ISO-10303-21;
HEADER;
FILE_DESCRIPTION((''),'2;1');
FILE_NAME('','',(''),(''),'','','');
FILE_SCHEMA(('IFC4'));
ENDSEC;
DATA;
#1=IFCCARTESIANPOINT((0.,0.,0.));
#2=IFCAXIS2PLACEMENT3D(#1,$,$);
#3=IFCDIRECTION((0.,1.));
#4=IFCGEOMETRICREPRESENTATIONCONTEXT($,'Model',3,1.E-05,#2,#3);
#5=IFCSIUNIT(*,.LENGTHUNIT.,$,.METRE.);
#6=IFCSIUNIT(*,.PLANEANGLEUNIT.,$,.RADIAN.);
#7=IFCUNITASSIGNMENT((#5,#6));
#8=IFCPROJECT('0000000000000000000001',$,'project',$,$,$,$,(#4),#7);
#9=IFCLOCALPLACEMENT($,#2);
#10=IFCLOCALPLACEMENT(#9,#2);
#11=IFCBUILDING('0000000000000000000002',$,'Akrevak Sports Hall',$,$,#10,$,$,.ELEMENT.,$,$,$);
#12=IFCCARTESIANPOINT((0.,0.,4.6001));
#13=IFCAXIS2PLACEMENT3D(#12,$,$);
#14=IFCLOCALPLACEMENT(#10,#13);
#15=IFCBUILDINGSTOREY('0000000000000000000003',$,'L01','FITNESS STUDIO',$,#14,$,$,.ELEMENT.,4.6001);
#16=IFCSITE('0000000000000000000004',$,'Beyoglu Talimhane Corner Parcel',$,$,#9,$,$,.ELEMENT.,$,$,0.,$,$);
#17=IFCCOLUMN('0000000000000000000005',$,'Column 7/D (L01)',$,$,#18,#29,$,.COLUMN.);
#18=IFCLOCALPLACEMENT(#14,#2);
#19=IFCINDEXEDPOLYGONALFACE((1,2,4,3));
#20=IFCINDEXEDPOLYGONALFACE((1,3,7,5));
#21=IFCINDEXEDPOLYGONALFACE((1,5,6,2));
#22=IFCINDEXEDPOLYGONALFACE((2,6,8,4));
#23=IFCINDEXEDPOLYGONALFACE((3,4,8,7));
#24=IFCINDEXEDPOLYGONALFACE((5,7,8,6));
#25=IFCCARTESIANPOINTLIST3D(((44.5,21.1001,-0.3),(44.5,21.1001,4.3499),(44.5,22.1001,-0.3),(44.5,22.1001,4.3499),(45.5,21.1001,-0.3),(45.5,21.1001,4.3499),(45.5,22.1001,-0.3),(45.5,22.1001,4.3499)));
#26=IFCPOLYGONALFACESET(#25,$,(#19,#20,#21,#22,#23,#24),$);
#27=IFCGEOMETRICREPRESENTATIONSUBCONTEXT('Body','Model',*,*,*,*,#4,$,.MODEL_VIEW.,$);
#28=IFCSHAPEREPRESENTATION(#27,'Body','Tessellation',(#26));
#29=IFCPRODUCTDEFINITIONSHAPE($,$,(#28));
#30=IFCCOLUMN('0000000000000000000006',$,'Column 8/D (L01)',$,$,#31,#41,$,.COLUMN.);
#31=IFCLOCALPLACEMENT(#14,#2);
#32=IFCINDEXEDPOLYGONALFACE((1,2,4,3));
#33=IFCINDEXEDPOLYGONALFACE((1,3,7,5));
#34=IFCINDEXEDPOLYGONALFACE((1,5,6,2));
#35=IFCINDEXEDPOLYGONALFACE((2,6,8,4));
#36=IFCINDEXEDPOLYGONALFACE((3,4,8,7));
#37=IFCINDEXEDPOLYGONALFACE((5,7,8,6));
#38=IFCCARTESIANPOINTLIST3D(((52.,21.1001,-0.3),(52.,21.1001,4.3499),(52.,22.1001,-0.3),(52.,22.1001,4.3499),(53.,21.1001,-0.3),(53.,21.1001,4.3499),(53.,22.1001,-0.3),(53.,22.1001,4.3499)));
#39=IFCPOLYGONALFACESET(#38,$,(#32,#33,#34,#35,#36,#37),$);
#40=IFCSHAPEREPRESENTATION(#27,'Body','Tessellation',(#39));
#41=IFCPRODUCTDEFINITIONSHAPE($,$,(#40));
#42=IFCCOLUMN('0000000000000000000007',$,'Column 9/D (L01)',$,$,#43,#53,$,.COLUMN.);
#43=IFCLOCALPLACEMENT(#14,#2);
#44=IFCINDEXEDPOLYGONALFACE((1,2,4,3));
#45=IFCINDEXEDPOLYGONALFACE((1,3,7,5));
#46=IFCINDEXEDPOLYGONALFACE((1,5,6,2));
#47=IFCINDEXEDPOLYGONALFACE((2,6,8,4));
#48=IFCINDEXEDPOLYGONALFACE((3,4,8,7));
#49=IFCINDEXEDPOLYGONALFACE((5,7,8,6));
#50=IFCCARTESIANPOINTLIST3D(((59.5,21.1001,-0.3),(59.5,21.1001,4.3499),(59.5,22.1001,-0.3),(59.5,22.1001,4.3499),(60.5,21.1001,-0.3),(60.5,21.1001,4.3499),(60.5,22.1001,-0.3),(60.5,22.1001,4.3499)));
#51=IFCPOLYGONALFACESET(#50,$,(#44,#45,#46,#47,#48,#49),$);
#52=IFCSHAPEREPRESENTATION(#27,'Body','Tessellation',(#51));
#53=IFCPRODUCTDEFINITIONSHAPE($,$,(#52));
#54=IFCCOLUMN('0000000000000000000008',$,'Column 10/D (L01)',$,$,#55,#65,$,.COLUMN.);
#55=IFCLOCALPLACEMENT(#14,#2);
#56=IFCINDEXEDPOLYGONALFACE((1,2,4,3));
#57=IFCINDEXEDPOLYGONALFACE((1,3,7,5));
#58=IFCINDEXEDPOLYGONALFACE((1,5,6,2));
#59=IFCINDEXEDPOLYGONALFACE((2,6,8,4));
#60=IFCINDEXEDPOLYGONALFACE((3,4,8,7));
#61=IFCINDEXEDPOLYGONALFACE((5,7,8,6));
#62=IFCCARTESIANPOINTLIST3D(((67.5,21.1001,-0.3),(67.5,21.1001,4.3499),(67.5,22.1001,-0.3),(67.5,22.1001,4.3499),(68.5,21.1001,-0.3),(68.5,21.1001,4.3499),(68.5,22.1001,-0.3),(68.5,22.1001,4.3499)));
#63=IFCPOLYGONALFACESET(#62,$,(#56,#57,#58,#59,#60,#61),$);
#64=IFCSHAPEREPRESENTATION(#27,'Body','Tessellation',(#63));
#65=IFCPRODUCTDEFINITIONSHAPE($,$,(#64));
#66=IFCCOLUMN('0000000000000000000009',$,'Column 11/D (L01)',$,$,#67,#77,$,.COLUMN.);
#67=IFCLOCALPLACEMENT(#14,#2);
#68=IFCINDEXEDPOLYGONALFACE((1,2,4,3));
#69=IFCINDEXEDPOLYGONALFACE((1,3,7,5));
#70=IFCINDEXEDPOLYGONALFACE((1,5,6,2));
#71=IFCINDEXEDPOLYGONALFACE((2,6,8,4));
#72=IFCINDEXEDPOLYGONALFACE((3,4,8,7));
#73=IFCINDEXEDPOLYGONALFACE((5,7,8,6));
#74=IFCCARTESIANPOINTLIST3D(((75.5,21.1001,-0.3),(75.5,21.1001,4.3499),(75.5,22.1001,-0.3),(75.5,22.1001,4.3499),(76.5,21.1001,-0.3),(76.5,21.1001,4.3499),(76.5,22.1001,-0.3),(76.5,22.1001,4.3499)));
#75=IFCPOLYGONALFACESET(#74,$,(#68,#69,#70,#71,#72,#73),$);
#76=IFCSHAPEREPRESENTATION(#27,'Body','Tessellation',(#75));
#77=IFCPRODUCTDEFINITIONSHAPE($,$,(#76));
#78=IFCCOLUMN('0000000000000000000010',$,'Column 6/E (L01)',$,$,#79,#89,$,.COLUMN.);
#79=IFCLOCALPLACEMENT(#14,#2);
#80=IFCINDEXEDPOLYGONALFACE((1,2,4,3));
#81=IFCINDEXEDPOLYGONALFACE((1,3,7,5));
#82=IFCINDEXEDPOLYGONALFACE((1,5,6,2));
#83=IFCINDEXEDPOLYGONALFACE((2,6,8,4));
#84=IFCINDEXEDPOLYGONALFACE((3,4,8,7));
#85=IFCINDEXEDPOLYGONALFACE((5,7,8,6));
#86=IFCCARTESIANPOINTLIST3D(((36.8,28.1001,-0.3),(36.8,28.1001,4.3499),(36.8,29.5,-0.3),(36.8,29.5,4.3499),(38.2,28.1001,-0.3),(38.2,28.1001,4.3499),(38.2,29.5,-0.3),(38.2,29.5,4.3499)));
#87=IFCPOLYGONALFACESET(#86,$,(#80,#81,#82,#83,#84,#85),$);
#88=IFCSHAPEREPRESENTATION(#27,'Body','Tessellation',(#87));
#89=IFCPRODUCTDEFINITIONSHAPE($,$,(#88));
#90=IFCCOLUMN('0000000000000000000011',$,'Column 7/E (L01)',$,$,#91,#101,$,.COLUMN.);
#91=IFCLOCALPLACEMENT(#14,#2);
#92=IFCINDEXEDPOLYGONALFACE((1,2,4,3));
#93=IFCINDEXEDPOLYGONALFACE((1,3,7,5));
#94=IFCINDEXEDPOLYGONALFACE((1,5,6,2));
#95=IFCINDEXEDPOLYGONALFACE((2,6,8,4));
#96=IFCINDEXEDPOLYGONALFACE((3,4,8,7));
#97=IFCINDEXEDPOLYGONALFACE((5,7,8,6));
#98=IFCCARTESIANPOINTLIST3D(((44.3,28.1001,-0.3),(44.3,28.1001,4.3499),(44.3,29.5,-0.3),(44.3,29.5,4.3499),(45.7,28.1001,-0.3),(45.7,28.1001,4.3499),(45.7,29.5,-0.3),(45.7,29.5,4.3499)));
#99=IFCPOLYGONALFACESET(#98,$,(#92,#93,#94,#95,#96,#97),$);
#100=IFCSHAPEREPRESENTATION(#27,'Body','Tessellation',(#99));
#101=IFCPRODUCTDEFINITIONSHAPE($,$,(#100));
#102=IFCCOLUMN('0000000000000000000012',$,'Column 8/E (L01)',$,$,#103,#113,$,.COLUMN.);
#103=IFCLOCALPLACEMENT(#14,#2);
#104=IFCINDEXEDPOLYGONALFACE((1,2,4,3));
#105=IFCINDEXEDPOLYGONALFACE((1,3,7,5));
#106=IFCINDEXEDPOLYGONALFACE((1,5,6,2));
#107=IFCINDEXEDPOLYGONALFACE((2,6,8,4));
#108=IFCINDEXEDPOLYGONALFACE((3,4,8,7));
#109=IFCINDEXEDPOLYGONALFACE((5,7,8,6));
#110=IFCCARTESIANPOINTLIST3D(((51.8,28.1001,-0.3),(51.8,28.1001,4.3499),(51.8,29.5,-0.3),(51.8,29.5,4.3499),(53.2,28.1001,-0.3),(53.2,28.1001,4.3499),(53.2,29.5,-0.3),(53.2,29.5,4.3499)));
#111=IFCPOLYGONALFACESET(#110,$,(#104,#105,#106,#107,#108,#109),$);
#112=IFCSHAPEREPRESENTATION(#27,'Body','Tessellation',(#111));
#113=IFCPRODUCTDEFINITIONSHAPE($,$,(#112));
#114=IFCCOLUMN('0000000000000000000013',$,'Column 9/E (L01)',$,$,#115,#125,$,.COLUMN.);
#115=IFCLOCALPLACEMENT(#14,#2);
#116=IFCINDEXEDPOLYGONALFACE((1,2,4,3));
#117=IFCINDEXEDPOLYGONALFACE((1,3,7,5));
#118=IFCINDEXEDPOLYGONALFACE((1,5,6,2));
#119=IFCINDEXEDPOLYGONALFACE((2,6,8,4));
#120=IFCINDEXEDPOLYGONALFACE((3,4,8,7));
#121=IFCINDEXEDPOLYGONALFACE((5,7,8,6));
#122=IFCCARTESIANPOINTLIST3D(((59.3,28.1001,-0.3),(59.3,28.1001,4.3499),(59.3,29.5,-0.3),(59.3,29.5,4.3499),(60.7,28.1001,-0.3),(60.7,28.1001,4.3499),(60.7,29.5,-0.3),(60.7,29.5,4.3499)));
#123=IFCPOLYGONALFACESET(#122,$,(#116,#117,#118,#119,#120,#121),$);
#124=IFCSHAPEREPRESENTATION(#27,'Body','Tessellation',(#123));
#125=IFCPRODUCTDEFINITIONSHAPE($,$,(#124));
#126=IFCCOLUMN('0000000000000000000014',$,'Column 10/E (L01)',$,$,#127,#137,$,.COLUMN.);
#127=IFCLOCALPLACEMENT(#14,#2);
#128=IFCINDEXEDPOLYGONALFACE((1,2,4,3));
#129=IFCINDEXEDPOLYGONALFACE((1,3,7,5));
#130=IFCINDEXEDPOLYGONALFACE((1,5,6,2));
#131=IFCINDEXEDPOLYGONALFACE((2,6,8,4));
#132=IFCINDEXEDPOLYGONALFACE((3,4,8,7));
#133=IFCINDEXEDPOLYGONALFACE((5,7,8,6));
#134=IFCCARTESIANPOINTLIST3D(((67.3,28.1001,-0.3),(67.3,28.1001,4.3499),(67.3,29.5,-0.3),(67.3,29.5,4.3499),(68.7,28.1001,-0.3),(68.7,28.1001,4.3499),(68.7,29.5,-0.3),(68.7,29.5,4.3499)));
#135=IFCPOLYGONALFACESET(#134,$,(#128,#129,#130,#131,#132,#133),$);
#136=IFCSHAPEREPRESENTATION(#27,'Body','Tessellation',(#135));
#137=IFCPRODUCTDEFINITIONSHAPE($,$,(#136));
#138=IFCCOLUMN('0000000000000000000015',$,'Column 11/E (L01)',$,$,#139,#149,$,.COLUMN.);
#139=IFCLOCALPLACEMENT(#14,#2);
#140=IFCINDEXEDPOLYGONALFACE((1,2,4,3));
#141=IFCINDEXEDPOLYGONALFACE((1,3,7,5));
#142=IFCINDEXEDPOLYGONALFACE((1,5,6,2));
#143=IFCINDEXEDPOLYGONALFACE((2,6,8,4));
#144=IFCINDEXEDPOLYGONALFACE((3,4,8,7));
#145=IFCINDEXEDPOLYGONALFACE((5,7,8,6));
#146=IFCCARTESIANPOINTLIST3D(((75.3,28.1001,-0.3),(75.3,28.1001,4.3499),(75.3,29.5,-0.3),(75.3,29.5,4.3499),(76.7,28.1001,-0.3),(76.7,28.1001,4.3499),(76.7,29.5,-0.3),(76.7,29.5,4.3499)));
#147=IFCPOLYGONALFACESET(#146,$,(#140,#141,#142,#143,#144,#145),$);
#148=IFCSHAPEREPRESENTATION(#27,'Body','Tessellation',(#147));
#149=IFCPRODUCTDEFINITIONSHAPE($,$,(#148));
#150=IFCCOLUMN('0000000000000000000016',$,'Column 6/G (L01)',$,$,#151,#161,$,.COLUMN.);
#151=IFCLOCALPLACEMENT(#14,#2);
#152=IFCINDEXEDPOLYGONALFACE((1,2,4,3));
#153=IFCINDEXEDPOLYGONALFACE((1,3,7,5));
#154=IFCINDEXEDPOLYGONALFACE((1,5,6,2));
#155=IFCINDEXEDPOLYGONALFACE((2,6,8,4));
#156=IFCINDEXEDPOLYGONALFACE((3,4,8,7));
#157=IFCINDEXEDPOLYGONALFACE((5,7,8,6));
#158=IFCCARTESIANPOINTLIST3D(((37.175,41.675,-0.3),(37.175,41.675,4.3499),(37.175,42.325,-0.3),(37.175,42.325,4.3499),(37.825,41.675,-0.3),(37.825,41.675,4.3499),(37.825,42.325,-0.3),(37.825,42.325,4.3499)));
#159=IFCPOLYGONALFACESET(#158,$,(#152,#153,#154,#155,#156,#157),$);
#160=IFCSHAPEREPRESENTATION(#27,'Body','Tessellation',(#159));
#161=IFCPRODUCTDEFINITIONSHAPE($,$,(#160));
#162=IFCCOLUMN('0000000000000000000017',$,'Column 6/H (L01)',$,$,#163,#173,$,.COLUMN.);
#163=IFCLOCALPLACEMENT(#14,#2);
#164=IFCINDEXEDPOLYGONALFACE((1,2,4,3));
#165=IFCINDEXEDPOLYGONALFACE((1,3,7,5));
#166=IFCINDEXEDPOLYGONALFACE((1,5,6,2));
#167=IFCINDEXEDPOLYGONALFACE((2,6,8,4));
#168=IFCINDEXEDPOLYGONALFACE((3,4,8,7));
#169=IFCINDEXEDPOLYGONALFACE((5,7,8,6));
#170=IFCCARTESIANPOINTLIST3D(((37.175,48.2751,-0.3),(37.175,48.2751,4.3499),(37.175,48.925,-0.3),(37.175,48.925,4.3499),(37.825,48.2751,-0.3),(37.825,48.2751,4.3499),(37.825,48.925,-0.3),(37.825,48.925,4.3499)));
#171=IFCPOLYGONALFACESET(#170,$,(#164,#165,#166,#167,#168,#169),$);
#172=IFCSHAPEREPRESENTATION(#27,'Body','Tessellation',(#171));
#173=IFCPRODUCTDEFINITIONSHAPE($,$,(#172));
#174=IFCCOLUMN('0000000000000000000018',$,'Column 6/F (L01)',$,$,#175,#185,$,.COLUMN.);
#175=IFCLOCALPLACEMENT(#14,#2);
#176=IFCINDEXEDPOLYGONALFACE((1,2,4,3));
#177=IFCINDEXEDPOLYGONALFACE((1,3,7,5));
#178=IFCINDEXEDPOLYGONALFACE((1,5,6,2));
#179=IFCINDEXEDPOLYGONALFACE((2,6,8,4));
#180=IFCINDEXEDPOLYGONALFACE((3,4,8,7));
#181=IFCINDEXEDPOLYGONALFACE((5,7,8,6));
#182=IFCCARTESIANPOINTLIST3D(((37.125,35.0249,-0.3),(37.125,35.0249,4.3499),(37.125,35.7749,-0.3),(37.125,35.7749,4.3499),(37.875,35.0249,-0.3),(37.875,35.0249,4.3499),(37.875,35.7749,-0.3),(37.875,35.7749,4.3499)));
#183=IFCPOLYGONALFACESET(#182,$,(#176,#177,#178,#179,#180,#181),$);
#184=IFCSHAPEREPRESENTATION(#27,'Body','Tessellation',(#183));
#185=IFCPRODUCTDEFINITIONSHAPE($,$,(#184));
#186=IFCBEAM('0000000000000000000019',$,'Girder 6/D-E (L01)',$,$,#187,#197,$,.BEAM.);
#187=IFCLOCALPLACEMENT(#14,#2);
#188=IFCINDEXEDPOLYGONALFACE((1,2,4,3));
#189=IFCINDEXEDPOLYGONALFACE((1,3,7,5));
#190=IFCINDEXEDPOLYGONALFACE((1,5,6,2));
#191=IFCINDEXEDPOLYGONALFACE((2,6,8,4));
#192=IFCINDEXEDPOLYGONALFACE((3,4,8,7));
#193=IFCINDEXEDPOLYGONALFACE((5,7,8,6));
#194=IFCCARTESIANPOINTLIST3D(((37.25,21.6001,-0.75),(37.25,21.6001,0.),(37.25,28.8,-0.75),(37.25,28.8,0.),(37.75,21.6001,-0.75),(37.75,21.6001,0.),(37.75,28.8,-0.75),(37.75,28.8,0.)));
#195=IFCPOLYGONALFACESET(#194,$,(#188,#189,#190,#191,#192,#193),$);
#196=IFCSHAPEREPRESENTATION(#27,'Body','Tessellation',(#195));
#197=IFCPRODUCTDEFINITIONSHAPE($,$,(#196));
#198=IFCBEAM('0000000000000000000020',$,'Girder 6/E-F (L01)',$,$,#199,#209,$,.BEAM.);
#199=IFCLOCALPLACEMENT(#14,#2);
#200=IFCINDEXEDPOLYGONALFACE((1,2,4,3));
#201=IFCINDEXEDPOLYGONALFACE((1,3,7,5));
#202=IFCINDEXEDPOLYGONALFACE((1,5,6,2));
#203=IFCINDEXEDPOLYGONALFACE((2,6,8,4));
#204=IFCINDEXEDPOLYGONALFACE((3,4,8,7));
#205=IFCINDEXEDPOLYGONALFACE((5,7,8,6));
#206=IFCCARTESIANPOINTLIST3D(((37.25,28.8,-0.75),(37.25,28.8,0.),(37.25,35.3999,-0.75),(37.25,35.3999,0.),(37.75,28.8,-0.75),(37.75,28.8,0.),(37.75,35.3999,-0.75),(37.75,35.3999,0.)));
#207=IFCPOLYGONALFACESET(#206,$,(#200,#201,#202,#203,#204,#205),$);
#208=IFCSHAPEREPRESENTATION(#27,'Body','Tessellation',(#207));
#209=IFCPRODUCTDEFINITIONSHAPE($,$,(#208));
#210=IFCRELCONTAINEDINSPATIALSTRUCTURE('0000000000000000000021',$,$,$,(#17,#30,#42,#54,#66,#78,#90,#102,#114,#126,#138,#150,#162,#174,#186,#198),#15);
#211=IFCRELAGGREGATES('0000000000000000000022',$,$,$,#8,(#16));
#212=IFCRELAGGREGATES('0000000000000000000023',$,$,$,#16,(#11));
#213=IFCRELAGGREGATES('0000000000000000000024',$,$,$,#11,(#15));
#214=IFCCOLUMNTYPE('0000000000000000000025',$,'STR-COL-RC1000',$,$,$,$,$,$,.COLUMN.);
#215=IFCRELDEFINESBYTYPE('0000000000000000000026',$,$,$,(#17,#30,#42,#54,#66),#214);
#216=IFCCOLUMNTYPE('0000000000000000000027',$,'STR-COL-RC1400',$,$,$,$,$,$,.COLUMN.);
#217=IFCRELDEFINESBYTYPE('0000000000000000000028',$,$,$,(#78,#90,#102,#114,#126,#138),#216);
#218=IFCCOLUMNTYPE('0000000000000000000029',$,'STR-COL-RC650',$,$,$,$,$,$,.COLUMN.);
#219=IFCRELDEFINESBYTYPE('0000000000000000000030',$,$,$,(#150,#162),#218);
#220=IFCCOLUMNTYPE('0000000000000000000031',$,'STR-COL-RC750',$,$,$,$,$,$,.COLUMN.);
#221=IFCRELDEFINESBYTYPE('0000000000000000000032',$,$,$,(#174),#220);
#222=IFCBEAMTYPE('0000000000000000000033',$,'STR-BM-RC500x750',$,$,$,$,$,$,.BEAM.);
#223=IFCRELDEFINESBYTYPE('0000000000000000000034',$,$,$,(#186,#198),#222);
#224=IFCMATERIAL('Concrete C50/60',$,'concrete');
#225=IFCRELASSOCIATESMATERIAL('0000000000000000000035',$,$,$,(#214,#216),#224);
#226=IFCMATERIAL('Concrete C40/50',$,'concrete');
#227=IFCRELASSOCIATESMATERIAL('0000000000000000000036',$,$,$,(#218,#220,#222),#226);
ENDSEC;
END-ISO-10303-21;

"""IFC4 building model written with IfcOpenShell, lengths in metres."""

from ifc_helpers import new_model, si_unit, direction, frame, origin, origin_2d, place, context, subcontext, project, spatial, rectangle, extrude, material, material_profile, profile_set, type_object, element, save


model = new_model("IFC4")

# Units and contexts
model_context = context("Model", 3, precision=1e-05, world=origin(), true_north=direction((0.0, 1.0)))
body_context = subcontext(model_context, "Body", "Model", "MODEL_VIEW")
ifc_project = project(units=[si_unit("LENGTHUNIT", "METRE"), si_unit("PLANEANGLEUNIT", "RADIAN")], contexts=[model_context])

# Site, building, storey
site_placement = place(None, origin())
site = spatial("IfcSite", under=ifc_project, at=site_placement, Name="Beyoglu Talimhane Corner Parcel", CompositionType="ELEMENT", RefElevation=0.0)
building_placement = place(site_placement, origin())
building = spatial("IfcBuilding", under=site, at=building_placement, Name="Akrevak Sports Hall", CompositionType="ELEMENT")
storey_placement = place(building_placement, frame((0.0, 0.0, 4.6001)))
storey = spatial("IfcBuildingStorey", under=building, at=storey_placement, Name="L01", Description="FITNESS STUDIO", CompositionType="ELEMENT", Elevation=4.6001)

# Columns
ifc_material_1 = material(Name="Concrete C50/60", Category="concrete")
ifc_material_profile_1 = material_profile(ifc_material_1, rectangle(XDim=1.0, YDim=1.0, at=origin_2d()), Name="RC 1000x1000", Category="concrete")
ifc_profile_set_1 = profile_set([ifc_material_profile_1], Name="Concrete C50/60")
column_type_1 = type_object("IfcColumnType", Name="STR-COL-RC1000", PredefinedType="COLUMN", material=ifc_profile_set_1)
for number, where, z_axis, x_axis, name in (
    (1, (45.0, 21.6001, -0.3), (0.0, 0.0, 1.0), (1.0, 0.0, 0.0), "Column 7/D (L01)"),
    (2, (52.5, 21.6001, -0.3), (0.0, 0.0, 1.0), (1.0, 0.0, 0.0), "Column 8/D (L01)"),
    (3, (60.0, 21.6001, -0.3), (0.0, 0.0, 1.0), (1.0, 0.0, 0.0), "Column 9/D (L01)"),
    (4, (68.0, 21.6001, -0.3), (0.0, 0.0, 1.0), (1.0, 0.0, 0.0), "Column 10/D (L01)"),
    (5, (76.0, 21.6001, -0.3), (0.0, 0.0, 1.0), (1.0, 0.0, 0.0), "Column 11/D (L01)"),
):
    element("IfcColumn", number, at=place(storey_placement, frame(where, z_axis=z_axis, x_axis=x_axis)), inside=storey, type_object=column_type_1, Name=name, PredefinedType="COLUMN", context=body_context, shape_type="SweptSolid", body=[
        extrude(rectangle(XDim=1.0, YDim=1.0, at=origin_2d()), origin(), (0.0, 0.0, 1.0), 4.6499),
    ])
ifc_material_profile_2 = material_profile(ifc_material_1, rectangle(XDim=1.3999, YDim=1.3999, at=origin_2d()), Name="RC 1400x1400", Category="concrete")
ifc_profile_set_2 = profile_set([ifc_material_profile_2], Name="Concrete C50/60")
column_type_2 = type_object("IfcColumnType", Name="STR-COL-RC1400", PredefinedType="COLUMN", material=ifc_profile_set_2)
for number, where, z_axis, x_axis, name in (
    (6, (37.5, 28.8, -0.3), (0.0, 0.0, 1.0), (1.0, 0.0, 0.0), "Column 6/E (L01)"),
    (7, (45.0, 28.8, -0.3), (0.0, 0.0, 1.0), (1.0, 0.0, 0.0), "Column 7/E (L01)"),
    (8, (52.5, 28.8, -0.3), (0.0, 0.0, 1.0), (1.0, 0.0, 0.0), "Column 8/E (L01)"),
    (9, (60.0, 28.8, -0.3), (0.0, 0.0, 1.0), (1.0, 0.0, 0.0), "Column 9/E (L01)"),
    (10, (68.0, 28.8, -0.3), (0.0, 0.0, 1.0), (1.0, 0.0, 0.0), "Column 10/E (L01)"),
    (11, (76.0, 28.8, -0.3), (0.0, 0.0, 1.0), (1.0, 0.0, 0.0), "Column 11/E (L01)"),
):
    element("IfcColumn", number, at=place(storey_placement, frame(where, z_axis=z_axis, x_axis=x_axis)), inside=storey, type_object=column_type_2, Name=name, PredefinedType="COLUMN", context=body_context, shape_type="SweptSolid", body=[
        extrude(rectangle(XDim=1.3999, YDim=1.3999, at=origin_2d()), origin(), (0.0, 0.0, 1.0), 4.6499),
    ])
ifc_material_2 = material(Name="Concrete C40/50", Category="concrete")
ifc_material_profile_3 = material_profile(ifc_material_2, rectangle(XDim=0.6499, YDim=0.6499, at=origin_2d()), Name="RC 650x650", Category="concrete")
ifc_profile_set_3 = profile_set([ifc_material_profile_3], Name="Concrete C40/50")
column_type_3 = type_object("IfcColumnType", Name="STR-COL-RC650", PredefinedType="COLUMN", material=ifc_profile_set_3)
for number, where, z_axis, x_axis, name in (
    (12, (37.5, 42.0, -0.3), (0.0, 0.0, 1.0), (1.0, 0.0, 0.0), "Column 6/G (L01)"),
    (13, (37.5, 48.6001, -0.3), (0.0, 0.0, 1.0), (1.0, 0.0, 0.0), "Column 6/H (L01)"),
):
    element("IfcColumn", number, at=place(storey_placement, frame(where, z_axis=z_axis, x_axis=x_axis)), inside=storey, type_object=column_type_3, Name=name, PredefinedType="COLUMN", context=body_context, shape_type="SweptSolid", body=[
        extrude(rectangle(XDim=0.6499, YDim=0.6499, at=origin_2d()), origin(), (0.0, 0.0, 1.0), 4.6499),
    ])
ifc_material_profile_4 = material_profile(ifc_material_2, rectangle(XDim=0.75, YDim=0.75, at=origin_2d()), Name="RC 750x750", Category="concrete")
ifc_profile_set_4 = profile_set([ifc_material_profile_4], Name="Concrete C40/50")
column_type_4 = type_object("IfcColumnType", Name="STR-COL-RC750", PredefinedType="COLUMN", material=ifc_profile_set_4)
column_placement = place(storey_placement, frame((37.5, 35.3999, -0.3), z_axis=(0.0, 0.0, 1.0), x_axis=(1.0, 0.0, 0.0)))
element("IfcColumn", 14, at=column_placement, inside=storey, type_object=column_type_4, Name="Column 6/F (L01)", PredefinedType="COLUMN", context=body_context, shape_type="SweptSolid", body=[
    extrude(rectangle(XDim=0.75, YDim=0.75, at=origin_2d()), origin(), (0.0, 0.0, 1.0), 4.6499),
])

# Beams
ifc_material_profile_5 = material_profile(ifc_material_2, rectangle(XDim=0.5, YDim=0.75, at=origin_2d()), Name="BM 500x750", Category="concrete")
ifc_profile_set_5 = profile_set([ifc_material_profile_5], Name="Concrete C40/50")
beam_type_1 = type_object("IfcBeamType", Name="STR-BM-RC500x750", PredefinedType="BEAM", material=ifc_profile_set_5)
beam_1_placement = place(storey_placement, frame((37.5, 21.6001, -0.375), z_axis=(0.0, 1.0, 0.0), x_axis=(-1.0, 0.0, 0.0)))
element("IfcBeam", 15, at=beam_1_placement, inside=storey, type_object=beam_type_1, Name="Girder 6/D-E (L01)", PredefinedType="BEAM", context=body_context, shape_type="SweptSolid", body=[
    extrude(rectangle(XDim=0.5, YDim=0.75, at=origin_2d()), origin(), (0.0, 0.0, 1.0), 7.2),
])
beam_2_placement = place(storey_placement, frame((37.5, 28.8, -0.375), z_axis=(0.0, 1.0, 0.0), x_axis=(-1.0, 0.0, 0.0)))
element("IfcBeam", 16, at=beam_2_placement, inside=storey, type_object=beam_type_1, Name="Girder 6/E-F (L01)", PredefinedType="BEAM", context=body_context, shape_type="SweptSolid", body=[
    extrude(rectangle(XDim=0.5, YDim=0.75, at=origin_2d()), origin(), (0.0, 0.0, 1.0), 6.5999),
])

save(model, "model.ifc")
